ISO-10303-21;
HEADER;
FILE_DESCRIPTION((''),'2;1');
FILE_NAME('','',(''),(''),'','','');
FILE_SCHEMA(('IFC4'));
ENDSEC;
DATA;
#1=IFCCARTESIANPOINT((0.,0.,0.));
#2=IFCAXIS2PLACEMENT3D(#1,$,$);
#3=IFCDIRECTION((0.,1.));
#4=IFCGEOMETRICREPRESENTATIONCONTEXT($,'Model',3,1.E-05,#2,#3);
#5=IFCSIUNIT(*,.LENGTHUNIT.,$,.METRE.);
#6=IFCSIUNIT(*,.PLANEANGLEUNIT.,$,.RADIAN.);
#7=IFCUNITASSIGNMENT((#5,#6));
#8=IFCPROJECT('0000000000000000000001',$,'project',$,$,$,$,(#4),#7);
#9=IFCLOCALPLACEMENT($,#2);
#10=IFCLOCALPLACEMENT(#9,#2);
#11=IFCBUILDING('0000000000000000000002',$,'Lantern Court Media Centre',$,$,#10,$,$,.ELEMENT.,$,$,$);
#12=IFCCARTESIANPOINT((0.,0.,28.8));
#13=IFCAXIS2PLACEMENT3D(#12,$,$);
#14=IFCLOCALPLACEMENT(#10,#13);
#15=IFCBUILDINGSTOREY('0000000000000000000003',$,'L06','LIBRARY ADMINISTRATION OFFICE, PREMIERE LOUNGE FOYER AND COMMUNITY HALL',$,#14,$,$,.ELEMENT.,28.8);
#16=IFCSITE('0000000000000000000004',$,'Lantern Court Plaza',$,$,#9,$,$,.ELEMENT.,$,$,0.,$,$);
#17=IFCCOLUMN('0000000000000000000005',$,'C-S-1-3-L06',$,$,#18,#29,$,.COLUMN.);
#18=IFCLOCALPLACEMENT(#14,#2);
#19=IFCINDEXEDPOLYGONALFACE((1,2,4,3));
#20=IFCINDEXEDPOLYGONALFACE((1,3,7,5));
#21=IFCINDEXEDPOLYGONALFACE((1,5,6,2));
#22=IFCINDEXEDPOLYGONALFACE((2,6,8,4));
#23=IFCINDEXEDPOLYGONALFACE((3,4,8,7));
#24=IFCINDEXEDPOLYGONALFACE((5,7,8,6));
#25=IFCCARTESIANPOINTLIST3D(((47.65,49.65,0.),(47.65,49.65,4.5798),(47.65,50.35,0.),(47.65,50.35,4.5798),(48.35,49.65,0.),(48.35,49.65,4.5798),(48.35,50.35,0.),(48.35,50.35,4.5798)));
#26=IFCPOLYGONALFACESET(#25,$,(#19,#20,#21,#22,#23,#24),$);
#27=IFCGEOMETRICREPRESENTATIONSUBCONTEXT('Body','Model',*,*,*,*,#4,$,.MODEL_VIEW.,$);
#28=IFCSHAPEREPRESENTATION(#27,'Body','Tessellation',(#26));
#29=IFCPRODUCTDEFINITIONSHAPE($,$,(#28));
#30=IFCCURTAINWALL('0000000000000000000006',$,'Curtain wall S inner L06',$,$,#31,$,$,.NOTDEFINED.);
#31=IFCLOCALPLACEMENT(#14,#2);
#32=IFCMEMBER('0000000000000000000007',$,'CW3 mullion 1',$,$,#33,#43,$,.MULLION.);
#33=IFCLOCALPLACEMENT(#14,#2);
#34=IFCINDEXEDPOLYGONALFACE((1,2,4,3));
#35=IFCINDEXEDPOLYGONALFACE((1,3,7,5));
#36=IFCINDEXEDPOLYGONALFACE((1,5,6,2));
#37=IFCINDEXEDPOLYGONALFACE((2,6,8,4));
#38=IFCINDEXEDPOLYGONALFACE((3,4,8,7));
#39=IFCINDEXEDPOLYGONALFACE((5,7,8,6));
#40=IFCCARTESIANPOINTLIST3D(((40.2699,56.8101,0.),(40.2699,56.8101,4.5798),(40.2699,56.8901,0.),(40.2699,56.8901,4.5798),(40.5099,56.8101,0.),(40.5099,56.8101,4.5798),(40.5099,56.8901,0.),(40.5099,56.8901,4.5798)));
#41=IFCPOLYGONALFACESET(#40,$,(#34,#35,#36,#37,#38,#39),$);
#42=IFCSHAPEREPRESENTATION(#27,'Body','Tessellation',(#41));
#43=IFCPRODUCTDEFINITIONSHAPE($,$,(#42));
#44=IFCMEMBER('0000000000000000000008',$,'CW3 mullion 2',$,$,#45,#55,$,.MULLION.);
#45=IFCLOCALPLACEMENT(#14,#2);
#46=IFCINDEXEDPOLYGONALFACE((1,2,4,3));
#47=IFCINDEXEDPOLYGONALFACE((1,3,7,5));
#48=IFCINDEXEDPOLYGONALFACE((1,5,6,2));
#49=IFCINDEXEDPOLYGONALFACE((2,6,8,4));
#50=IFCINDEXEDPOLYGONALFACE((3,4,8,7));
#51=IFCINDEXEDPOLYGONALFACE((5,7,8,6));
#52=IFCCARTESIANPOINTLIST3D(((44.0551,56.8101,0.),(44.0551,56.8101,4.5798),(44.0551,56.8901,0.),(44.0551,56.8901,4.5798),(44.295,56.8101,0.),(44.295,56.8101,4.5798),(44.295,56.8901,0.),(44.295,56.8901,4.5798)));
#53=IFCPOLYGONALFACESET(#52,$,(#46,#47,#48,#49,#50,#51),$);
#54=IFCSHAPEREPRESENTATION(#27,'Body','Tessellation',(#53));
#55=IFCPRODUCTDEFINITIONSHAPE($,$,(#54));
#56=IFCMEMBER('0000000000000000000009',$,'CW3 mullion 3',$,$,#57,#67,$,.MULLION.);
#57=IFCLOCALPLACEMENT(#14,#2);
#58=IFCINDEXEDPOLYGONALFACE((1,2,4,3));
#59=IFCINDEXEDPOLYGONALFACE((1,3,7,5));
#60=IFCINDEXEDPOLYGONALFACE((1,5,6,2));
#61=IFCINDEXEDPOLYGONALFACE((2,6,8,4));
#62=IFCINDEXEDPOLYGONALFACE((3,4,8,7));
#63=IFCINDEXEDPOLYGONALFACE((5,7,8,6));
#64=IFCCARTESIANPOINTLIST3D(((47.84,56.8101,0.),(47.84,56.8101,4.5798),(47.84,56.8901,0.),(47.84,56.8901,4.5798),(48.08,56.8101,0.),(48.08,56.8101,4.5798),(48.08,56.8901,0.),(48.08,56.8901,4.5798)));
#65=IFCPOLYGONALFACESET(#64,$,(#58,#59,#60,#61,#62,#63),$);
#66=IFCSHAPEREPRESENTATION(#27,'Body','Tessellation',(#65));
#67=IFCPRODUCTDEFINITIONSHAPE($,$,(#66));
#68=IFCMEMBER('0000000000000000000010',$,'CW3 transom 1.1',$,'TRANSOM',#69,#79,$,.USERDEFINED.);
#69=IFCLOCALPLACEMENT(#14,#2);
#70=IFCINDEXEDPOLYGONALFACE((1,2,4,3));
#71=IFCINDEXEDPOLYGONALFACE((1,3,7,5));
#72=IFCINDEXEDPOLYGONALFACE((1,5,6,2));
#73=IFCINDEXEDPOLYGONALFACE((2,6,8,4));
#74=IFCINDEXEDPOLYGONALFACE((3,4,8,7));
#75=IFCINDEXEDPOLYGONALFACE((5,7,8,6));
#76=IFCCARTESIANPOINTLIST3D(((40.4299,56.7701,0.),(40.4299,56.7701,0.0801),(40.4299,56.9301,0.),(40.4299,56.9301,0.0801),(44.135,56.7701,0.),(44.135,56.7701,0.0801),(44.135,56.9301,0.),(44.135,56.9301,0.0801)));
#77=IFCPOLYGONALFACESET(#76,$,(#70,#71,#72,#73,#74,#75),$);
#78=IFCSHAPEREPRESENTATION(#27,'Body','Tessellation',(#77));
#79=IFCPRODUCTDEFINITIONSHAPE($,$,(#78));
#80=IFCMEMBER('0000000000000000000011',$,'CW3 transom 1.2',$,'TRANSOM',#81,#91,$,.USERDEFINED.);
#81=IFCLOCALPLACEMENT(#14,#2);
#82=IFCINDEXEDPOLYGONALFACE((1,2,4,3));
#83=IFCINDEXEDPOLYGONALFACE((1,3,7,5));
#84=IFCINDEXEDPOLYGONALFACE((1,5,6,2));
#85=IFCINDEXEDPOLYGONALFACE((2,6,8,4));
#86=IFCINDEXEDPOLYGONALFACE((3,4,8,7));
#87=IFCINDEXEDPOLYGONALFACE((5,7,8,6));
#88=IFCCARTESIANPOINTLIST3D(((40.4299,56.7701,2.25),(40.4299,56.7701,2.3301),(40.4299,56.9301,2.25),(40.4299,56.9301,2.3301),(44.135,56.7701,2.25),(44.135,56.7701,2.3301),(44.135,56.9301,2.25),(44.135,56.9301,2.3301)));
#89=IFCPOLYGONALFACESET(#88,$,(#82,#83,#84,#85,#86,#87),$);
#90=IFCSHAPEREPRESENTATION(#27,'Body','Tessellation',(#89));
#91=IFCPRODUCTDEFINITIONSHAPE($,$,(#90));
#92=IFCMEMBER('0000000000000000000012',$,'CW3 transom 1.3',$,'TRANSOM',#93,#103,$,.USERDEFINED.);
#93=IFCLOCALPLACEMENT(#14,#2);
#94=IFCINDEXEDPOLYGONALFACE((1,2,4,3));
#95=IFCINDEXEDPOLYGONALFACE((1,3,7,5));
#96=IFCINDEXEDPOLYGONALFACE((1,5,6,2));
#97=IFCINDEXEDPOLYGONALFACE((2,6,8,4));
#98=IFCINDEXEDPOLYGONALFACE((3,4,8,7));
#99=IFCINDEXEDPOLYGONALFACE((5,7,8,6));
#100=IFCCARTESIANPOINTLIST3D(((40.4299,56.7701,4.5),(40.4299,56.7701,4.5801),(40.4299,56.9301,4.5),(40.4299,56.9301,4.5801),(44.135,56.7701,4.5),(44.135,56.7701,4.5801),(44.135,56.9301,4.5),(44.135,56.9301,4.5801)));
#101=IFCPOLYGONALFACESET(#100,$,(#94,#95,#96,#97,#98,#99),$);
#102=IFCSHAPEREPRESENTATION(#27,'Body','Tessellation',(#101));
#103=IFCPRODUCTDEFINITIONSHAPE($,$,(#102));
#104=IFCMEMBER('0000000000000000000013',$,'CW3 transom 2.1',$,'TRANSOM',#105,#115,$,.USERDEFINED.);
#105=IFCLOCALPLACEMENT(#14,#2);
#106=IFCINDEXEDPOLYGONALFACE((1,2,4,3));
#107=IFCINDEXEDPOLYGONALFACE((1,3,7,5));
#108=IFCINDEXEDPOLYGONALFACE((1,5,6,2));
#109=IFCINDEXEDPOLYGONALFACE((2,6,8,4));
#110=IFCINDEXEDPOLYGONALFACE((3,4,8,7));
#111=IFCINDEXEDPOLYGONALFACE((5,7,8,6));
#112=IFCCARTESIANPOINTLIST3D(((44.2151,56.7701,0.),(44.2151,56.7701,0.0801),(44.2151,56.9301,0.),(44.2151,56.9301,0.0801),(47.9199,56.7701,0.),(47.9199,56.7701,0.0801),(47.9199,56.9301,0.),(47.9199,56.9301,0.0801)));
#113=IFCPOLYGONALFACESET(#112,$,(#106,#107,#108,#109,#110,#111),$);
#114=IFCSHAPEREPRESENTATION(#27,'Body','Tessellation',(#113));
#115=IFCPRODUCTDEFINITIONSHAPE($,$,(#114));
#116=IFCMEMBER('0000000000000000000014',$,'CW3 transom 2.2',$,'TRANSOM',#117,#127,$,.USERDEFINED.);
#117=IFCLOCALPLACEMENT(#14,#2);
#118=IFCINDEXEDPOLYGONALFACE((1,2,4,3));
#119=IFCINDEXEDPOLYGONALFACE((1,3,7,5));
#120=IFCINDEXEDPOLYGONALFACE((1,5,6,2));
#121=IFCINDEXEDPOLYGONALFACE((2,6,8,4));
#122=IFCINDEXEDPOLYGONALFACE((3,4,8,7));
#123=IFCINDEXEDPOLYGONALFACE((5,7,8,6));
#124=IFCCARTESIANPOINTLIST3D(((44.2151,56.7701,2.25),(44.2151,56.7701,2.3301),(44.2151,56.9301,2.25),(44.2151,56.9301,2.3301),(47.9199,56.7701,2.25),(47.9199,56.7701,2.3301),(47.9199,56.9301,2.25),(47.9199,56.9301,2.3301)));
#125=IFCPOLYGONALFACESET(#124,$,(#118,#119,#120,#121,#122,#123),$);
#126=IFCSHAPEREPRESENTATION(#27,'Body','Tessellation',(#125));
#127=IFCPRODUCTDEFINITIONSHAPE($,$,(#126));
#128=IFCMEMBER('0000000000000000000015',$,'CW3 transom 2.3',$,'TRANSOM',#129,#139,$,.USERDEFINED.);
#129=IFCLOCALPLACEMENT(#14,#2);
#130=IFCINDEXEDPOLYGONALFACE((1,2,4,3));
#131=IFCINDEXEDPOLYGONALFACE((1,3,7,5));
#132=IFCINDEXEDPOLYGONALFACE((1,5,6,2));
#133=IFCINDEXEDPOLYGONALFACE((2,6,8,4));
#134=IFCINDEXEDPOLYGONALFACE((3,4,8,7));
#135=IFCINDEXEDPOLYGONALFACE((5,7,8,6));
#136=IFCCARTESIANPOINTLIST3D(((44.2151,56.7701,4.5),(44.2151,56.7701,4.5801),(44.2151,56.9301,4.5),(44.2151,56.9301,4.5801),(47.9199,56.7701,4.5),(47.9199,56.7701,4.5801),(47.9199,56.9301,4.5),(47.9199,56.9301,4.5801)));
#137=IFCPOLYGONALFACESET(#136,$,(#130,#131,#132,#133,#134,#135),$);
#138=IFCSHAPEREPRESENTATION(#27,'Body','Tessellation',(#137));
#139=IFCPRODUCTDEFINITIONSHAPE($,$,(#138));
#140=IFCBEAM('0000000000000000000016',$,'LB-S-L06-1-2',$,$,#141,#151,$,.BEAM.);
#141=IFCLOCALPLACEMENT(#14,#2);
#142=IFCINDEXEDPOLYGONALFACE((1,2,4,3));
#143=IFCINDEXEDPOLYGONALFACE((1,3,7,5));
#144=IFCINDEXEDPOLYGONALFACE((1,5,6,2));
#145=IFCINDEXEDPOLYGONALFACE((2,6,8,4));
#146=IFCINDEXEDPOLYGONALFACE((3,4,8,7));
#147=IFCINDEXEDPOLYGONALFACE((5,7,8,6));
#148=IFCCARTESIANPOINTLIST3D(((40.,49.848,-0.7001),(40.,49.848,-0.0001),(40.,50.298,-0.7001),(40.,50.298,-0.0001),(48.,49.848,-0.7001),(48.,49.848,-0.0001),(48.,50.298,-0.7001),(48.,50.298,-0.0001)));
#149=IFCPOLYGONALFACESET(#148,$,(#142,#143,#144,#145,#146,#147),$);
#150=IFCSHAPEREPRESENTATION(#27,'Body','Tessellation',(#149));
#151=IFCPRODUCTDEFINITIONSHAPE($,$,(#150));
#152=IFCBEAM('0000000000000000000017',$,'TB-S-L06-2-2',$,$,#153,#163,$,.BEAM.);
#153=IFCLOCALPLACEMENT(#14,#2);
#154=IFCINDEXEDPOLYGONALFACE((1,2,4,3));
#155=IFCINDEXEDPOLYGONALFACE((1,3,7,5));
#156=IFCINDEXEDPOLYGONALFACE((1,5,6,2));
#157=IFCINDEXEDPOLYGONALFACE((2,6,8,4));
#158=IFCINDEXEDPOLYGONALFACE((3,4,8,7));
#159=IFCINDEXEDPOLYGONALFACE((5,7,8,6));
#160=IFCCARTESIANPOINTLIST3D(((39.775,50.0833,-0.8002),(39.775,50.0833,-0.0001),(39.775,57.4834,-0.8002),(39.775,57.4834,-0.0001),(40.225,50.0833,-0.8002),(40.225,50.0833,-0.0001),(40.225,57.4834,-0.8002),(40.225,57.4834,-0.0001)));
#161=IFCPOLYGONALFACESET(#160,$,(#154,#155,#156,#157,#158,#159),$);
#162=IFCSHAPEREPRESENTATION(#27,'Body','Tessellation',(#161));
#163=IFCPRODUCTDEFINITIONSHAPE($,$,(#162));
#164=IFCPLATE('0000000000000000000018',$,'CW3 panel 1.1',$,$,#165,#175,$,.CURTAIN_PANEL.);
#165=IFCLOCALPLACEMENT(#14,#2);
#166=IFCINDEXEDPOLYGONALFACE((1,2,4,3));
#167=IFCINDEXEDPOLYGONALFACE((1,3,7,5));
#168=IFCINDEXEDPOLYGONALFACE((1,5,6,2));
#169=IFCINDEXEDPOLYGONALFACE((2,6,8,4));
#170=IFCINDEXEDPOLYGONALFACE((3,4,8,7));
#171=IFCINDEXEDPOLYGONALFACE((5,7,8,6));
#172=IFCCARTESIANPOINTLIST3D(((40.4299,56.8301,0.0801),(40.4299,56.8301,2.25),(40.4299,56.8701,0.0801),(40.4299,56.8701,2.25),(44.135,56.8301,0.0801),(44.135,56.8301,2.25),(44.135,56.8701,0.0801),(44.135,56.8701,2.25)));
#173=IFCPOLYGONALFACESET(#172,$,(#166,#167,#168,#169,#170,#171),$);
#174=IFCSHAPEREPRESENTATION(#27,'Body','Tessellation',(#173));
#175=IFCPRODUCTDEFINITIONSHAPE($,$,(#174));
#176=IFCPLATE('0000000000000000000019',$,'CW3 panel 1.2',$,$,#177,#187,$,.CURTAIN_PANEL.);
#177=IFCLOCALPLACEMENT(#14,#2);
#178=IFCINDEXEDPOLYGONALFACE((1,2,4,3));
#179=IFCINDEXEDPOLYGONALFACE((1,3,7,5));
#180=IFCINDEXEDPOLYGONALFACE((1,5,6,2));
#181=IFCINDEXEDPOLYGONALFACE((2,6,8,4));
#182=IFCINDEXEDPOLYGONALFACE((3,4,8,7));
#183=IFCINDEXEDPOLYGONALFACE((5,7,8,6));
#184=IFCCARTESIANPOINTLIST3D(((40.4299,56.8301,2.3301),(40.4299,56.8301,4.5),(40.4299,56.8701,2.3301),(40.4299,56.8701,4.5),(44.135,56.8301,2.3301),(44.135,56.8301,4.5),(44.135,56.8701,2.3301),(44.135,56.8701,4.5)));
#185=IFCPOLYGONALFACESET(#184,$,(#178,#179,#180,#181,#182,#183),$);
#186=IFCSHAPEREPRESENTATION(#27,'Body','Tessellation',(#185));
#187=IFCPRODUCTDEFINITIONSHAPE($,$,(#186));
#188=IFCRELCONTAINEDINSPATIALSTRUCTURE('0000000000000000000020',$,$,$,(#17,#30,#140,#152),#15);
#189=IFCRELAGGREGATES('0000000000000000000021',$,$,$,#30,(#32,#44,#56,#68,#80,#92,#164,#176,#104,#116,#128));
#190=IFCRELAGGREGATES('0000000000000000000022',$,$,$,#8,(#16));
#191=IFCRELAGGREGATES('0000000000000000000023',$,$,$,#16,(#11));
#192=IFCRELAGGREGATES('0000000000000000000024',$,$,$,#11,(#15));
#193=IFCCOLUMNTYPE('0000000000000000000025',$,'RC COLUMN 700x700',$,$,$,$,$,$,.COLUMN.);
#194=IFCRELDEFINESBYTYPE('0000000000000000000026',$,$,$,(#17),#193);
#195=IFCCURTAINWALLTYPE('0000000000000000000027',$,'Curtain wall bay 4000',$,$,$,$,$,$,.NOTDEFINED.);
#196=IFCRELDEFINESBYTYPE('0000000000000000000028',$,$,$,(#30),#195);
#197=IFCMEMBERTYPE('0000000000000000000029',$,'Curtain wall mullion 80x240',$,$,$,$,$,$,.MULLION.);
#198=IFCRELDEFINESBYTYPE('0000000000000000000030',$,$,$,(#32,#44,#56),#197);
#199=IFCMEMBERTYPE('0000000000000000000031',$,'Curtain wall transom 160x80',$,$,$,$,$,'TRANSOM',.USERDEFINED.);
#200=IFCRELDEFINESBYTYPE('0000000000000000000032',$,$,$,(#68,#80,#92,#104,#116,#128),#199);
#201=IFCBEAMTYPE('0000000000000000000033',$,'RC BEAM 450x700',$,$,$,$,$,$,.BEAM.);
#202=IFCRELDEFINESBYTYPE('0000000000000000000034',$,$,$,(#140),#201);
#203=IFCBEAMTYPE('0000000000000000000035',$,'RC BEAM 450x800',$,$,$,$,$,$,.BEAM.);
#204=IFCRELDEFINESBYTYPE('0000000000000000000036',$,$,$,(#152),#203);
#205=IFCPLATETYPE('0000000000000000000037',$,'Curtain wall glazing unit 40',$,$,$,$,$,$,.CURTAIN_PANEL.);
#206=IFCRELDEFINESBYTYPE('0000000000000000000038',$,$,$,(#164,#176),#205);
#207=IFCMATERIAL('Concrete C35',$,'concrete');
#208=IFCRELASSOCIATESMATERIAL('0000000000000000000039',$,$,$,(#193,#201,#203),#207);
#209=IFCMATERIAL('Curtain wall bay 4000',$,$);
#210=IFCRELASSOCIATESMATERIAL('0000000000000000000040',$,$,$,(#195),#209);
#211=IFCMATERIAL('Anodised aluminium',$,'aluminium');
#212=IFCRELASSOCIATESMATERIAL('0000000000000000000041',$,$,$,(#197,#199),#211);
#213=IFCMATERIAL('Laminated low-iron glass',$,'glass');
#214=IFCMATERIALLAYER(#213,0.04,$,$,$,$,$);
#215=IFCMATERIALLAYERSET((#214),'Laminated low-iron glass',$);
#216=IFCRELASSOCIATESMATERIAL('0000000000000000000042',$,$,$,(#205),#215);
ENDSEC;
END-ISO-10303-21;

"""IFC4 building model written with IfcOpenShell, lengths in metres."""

from ifc_helpers import new_model, si_unit, direction, frame, origin, origin_2d, place, context, subcontext, project, spatial, rectangle, extrude, material, layer, layer_set, material_profile, profile_set, type_object, element, aggregate, save


model = new_model("IFC4")

# Units and contexts
model_context = context("Model", 3, precision=1e-05, world=origin(), true_north=direction((0.0, 1.0)))
body_context = subcontext(model_context, "Body", "Model", "MODEL_VIEW")
ifc_project = project(units=[si_unit("LENGTHUNIT", "METRE"), si_unit("PLANEANGLEUNIT", "RADIAN")], contexts=[model_context])

# Site, building, storey
site_placement = place(None, origin())
site = spatial("IfcSite", under=ifc_project, at=site_placement, Name="Lantern Court Plaza", CompositionType="ELEMENT", RefElevation=0.0)
building_placement = place(site_placement, origin())
building = spatial("IfcBuilding", under=site, at=building_placement, Name="Lantern Court Media Centre", CompositionType="ELEMENT")
storey_placement = place(building_placement, frame((0.0, 0.0, 28.8)))
storey = spatial("IfcBuildingStorey", under=building, at=storey_placement, Name="L06", Description="LIBRARY ADMINISTRATION OFFICE, PREMIERE LOUNGE FOYER AND COMMUNITY HALL", CompositionType="ELEMENT", Elevation=28.8)

# Column
ifc_material_1 = material(Name="Concrete C35", Category="concrete")
ifc_material_profile_1 = material_profile(ifc_material_1, rectangle(XDim=0.7, YDim=0.7, at=origin_2d()), Name="RC 700x700")
ifc_profile_set_1 = profile_set([ifc_material_profile_1], Name="Concrete C35")
column_type = type_object("IfcColumnType", Name="RC COLUMN 700x700", PredefinedType="COLUMN", material=ifc_profile_set_1)
column_placement = place(storey_placement, frame((48.0, 50.0, 0.0), z_axis=(0.0, 0.0, 1.0), x_axis=(1.0, 0.0, 0.0)))
element("IfcColumn", 1, at=column_placement, inside=storey, type_object=column_type, Name="C-S-1-3-L06", PredefinedType="COLUMN", context=body_context, shape_type="SweptSolid", body=[
    extrude(rectangle(XDim=0.7, YDim=0.7, at=origin_2d()), origin(), (0.0, 0.0, 1.0), 4.5798),
])

# Curtain wall, members
ifc_material_2 = material(Name="Curtain wall bay 4000")
curtain_wall_type = type_object("IfcCurtainWallType", Name="Curtain wall bay 4000", PredefinedType="NOTDEFINED", material=ifc_material_2)
curtain_wall_placement = place(storey_placement, origin())
curtain_wall = element("IfcCurtainWall", 2, at=curtain_wall_placement, inside=storey, type_object=curtain_wall_type, Name="Curtain wall S inner L06", PredefinedType="NOTDEFINED")
ifc_material_3 = material(Name="Anodised aluminium", Category="aluminium")
ifc_material_profile_2 = material_profile(ifc_material_3, rectangle(XDim=0.0801, YDim=0.24, at=origin_2d()), Name="AL 80x240")
ifc_profile_set_2 = profile_set([ifc_material_profile_2], Name="Anodised aluminium")
member_type_1 = type_object("IfcMemberType", Name="Curtain wall mullion 80x240", PredefinedType="MULLION", material=ifc_profile_set_2)
member_1_placement = place(storey_placement, frame((40.3899, 56.8501, 0.0), z_axis=(0.0, 0.0, 1.0), x_axis=(0.0, 1.0, 0.0)))
member_1 = element("IfcMember", 3, at=member_1_placement, type_object=member_type_1, Name="CW3 mullion 1", PredefinedType="MULLION", context=body_context, shape_type="SweptSolid", body=[
    extrude(rectangle(XDim=0.0801, YDim=0.24, at=origin_2d()), origin(), (0.0, 0.0, 1.0), 4.5798),
])
member_2_placement = place(storey_placement, frame((44.175, 56.8501, 0.0), z_axis=(0.0, 0.0, 1.0), x_axis=(0.0, 1.0, 0.0)))
member_2 = element("IfcMember", 4, at=member_2_placement, type_object=member_type_1, Name="CW3 mullion 2", PredefinedType="MULLION", context=body_context, shape_type="SweptSolid", body=[
    extrude(rectangle(XDim=0.0801, YDim=0.24, at=origin_2d()), origin(), (0.0, 0.0, 1.0), 4.5798),
])
member_3_placement = place(storey_placement, frame((47.96, 56.8501, 0.0), z_axis=(0.0, 0.0, 1.0), x_axis=(0.0, 1.0, 0.0)))
member_3 = element("IfcMember", 5, at=member_3_placement, type_object=member_type_1, Name="CW3 mullion 3", PredefinedType="MULLION", context=body_context, shape_type="SweptSolid", body=[
    extrude(rectangle(XDim=0.0801, YDim=0.24, at=origin_2d()), origin(), (0.0, 0.0, 1.0), 4.5798),
])
ifc_material_profile_3 = material_profile(ifc_material_3, rectangle(XDim=0.1599, YDim=0.0801, at=origin_2d()), Name="AL 80x160")
ifc_profile_set_3 = profile_set([ifc_material_profile_3], Name="Anodised aluminium")
member_type_2 = type_object("IfcMemberType", Name="Curtain wall transom 160x80", ElementType="TRANSOM", PredefinedType="USERDEFINED", material=ifc_profile_set_3)
member_4_placement = place(storey_placement, frame((40.4299, 56.8501, 0.04), z_axis=(1.0, 0.0, 0.0), x_axis=(0.0, 1.0, 0.0)))
member_4 = element("IfcMember", 6, at=member_4_placement, type_object=member_type_2, Name="CW3 transom 1.1", ObjectType="TRANSOM", PredefinedType="USERDEFINED", context=body_context, shape_type="SweptSolid", body=[
    extrude(rectangle(XDim=0.1599, YDim=0.0801, at=origin_2d()), origin(), (0.0, 0.0, 1.0), 3.7051),
])
member_5_placement = place(storey_placement, frame((40.4299, 56.8501, 2.29), z_axis=(1.0, 0.0, 0.0), x_axis=(0.0, 1.0, 0.0)))
member_5 = element("IfcMember", 7, at=member_5_placement, type_object=member_type_2, Name="CW3 transom 1.2", ObjectType="TRANSOM", PredefinedType="USERDEFINED", context=body_context, shape_type="SweptSolid", body=[
    extrude(rectangle(XDim=0.1599, YDim=0.0801, at=origin_2d()), origin(), (0.0, 0.0, 1.0), 3.7051),
])
member_6_placement = place(storey_placement, frame((40.4299, 56.8501, 4.54), z_axis=(1.0, 0.0, 0.0), x_axis=(0.0, 1.0, 0.0)))
member_6 = element("IfcMember", 8, at=member_6_placement, type_object=member_type_2, Name="CW3 transom 1.3", ObjectType="TRANSOM", PredefinedType="USERDEFINED", context=body_context, shape_type="SweptSolid", body=[
    extrude(rectangle(XDim=0.1599, YDim=0.0801, at=origin_2d()), origin(), (0.0, 0.0, 1.0), 3.7051),
])
member_7_placement = place(storey_placement, frame((44.2151, 56.8501, 0.04), z_axis=(1.0, 0.0, 0.0), x_axis=(0.0, 1.0, 0.0)))
member_7 = element("IfcMember", 9, at=member_7_placement, type_object=member_type_2, Name="CW3 transom 2.1", ObjectType="TRANSOM", PredefinedType="USERDEFINED", context=body_context, shape_type="SweptSolid", body=[
    extrude(rectangle(XDim=0.1599, YDim=0.0801, at=origin_2d()), origin(), (0.0, 0.0, 1.0), 3.7048),
])
member_8_placement = place(storey_placement, frame((44.2151, 56.8501, 2.29), z_axis=(1.0, 0.0, 0.0), x_axis=(0.0, 1.0, 0.0)))
member_8 = element("IfcMember", 10, at=member_8_placement, type_object=member_type_2, Name="CW3 transom 2.2", ObjectType="TRANSOM", PredefinedType="USERDEFINED", context=body_context, shape_type="SweptSolid", body=[
    extrude(rectangle(XDim=0.1599, YDim=0.0801, at=origin_2d()), origin(), (0.0, 0.0, 1.0), 3.7048),
])
member_9_placement = place(storey_placement, frame((44.2151, 56.8501, 4.54), z_axis=(1.0, 0.0, 0.0), x_axis=(0.0, 1.0, 0.0)))
member_9 = element("IfcMember", 11, at=member_9_placement, type_object=member_type_2, Name="CW3 transom 2.3", ObjectType="TRANSOM", PredefinedType="USERDEFINED", context=body_context, shape_type="SweptSolid", body=[
    extrude(rectangle(XDim=0.1599, YDim=0.0801, at=origin_2d()), origin(), (0.0, 0.0, 1.0), 3.7048),
])

# Beams
ifc_material_profile_4 = material_profile(ifc_material_1, rectangle(XDim=0.45, YDim=0.7, at=origin_2d()), Name="RC 450x700")
ifc_profile_set_4 = profile_set([ifc_material_profile_4], Name="Concrete C35")
beam_type_1 = type_object("IfcBeamType", Name="RC BEAM 450x700", PredefinedType="BEAM", material=ifc_profile_set_4)
beam_1_placement = place(storey_placement, frame((40.0, 50.073, -0.3501), z_axis=(1.0, 0.0, 0.0), x_axis=(0.0, 1.0, 0.0)))
element("IfcBeam", 12, at=beam_1_placement, inside=storey, type_object=beam_type_1, Name="LB-S-L06-1-2", PredefinedType="BEAM", context=body_context, shape_type="SweptSolid", body=[
    extrude(rectangle(XDim=0.45, YDim=0.7, at=origin_2d()), origin(), (0.0, 0.0, 1.0), 8.0),
])
ifc_material_profile_5 = material_profile(ifc_material_1, rectangle(XDim=0.45, YDim=0.8, at=origin_2d()), Name="RC 450x800")
ifc_profile_set_5 = profile_set([ifc_material_profile_5], Name="Concrete C35")
beam_type_2 = type_object("IfcBeamType", Name="RC BEAM 450x800", PredefinedType="BEAM", material=ifc_profile_set_5)
beam_2_placement = place(storey_placement, frame((40.0, 50.0833, -0.4001), z_axis=(0.0, 1.0, 0.0), x_axis=(-1.0, 0.0, 0.0)))
element("IfcBeam", 13, at=beam_2_placement, inside=storey, type_object=beam_type_2, Name="TB-S-L06-2-2", PredefinedType="BEAM", context=body_context, shape_type="SweptSolid", body=[
    extrude(rectangle(XDim=0.45, YDim=0.8, at=origin_2d()), origin(), (0.0, 0.0, 1.0), 7.4001),
])

# Plates
ifc_material_4 = material(Name="Laminated low-iron glass", Category="glass")
ifc_layer_1 = layer(ifc_material_4, 0.04)
ifc_layer_set_1 = layer_set([ifc_layer_1], Name="Laminated low-iron glass")
plate_type = type_object("IfcPlateType", Name="Curtain wall glazing unit 40", PredefinedType="CURTAIN_PANEL", material=ifc_layer_set_1)
plate_1_placement = place(storey_placement, frame((42.2825, 56.8501, 0.0801), z_axis=(0.0, 0.0, 1.0), x_axis=(1.0, 0.0, 0.0)))
plate_1 = element("IfcPlate", 14, at=plate_1_placement, type_object=plate_type, Name="CW3 panel 1.1", PredefinedType="CURTAIN_PANEL", context=body_context, shape_type="SweptSolid", body=[
    extrude(rectangle(XDim=3.7051, YDim=0.04, at=origin_2d()), origin(), (0.0, 0.0, 1.0), 2.1699),
])
plate_2_placement = place(storey_placement, frame((42.2825, 56.8501, 2.3301), z_axis=(0.0, 0.0, 1.0), x_axis=(1.0, 0.0, 0.0)))
plate_2 = element("IfcPlate", 15, at=plate_2_placement, type_object=plate_type, Name="CW3 panel 1.2", PredefinedType="CURTAIN_PANEL", context=body_context, shape_type="SweptSolid", body=[
    extrude(rectangle(XDim=3.7051, YDim=0.04, at=origin_2d()), origin(), (0.0, 0.0, 1.0), 2.1699),
])
aggregate(curtain_wall, [member_1, member_2, member_3, member_4, member_5, member_6, plate_1, plate_2, member_7, member_8, member_9])

save(model, "model.ifc")
